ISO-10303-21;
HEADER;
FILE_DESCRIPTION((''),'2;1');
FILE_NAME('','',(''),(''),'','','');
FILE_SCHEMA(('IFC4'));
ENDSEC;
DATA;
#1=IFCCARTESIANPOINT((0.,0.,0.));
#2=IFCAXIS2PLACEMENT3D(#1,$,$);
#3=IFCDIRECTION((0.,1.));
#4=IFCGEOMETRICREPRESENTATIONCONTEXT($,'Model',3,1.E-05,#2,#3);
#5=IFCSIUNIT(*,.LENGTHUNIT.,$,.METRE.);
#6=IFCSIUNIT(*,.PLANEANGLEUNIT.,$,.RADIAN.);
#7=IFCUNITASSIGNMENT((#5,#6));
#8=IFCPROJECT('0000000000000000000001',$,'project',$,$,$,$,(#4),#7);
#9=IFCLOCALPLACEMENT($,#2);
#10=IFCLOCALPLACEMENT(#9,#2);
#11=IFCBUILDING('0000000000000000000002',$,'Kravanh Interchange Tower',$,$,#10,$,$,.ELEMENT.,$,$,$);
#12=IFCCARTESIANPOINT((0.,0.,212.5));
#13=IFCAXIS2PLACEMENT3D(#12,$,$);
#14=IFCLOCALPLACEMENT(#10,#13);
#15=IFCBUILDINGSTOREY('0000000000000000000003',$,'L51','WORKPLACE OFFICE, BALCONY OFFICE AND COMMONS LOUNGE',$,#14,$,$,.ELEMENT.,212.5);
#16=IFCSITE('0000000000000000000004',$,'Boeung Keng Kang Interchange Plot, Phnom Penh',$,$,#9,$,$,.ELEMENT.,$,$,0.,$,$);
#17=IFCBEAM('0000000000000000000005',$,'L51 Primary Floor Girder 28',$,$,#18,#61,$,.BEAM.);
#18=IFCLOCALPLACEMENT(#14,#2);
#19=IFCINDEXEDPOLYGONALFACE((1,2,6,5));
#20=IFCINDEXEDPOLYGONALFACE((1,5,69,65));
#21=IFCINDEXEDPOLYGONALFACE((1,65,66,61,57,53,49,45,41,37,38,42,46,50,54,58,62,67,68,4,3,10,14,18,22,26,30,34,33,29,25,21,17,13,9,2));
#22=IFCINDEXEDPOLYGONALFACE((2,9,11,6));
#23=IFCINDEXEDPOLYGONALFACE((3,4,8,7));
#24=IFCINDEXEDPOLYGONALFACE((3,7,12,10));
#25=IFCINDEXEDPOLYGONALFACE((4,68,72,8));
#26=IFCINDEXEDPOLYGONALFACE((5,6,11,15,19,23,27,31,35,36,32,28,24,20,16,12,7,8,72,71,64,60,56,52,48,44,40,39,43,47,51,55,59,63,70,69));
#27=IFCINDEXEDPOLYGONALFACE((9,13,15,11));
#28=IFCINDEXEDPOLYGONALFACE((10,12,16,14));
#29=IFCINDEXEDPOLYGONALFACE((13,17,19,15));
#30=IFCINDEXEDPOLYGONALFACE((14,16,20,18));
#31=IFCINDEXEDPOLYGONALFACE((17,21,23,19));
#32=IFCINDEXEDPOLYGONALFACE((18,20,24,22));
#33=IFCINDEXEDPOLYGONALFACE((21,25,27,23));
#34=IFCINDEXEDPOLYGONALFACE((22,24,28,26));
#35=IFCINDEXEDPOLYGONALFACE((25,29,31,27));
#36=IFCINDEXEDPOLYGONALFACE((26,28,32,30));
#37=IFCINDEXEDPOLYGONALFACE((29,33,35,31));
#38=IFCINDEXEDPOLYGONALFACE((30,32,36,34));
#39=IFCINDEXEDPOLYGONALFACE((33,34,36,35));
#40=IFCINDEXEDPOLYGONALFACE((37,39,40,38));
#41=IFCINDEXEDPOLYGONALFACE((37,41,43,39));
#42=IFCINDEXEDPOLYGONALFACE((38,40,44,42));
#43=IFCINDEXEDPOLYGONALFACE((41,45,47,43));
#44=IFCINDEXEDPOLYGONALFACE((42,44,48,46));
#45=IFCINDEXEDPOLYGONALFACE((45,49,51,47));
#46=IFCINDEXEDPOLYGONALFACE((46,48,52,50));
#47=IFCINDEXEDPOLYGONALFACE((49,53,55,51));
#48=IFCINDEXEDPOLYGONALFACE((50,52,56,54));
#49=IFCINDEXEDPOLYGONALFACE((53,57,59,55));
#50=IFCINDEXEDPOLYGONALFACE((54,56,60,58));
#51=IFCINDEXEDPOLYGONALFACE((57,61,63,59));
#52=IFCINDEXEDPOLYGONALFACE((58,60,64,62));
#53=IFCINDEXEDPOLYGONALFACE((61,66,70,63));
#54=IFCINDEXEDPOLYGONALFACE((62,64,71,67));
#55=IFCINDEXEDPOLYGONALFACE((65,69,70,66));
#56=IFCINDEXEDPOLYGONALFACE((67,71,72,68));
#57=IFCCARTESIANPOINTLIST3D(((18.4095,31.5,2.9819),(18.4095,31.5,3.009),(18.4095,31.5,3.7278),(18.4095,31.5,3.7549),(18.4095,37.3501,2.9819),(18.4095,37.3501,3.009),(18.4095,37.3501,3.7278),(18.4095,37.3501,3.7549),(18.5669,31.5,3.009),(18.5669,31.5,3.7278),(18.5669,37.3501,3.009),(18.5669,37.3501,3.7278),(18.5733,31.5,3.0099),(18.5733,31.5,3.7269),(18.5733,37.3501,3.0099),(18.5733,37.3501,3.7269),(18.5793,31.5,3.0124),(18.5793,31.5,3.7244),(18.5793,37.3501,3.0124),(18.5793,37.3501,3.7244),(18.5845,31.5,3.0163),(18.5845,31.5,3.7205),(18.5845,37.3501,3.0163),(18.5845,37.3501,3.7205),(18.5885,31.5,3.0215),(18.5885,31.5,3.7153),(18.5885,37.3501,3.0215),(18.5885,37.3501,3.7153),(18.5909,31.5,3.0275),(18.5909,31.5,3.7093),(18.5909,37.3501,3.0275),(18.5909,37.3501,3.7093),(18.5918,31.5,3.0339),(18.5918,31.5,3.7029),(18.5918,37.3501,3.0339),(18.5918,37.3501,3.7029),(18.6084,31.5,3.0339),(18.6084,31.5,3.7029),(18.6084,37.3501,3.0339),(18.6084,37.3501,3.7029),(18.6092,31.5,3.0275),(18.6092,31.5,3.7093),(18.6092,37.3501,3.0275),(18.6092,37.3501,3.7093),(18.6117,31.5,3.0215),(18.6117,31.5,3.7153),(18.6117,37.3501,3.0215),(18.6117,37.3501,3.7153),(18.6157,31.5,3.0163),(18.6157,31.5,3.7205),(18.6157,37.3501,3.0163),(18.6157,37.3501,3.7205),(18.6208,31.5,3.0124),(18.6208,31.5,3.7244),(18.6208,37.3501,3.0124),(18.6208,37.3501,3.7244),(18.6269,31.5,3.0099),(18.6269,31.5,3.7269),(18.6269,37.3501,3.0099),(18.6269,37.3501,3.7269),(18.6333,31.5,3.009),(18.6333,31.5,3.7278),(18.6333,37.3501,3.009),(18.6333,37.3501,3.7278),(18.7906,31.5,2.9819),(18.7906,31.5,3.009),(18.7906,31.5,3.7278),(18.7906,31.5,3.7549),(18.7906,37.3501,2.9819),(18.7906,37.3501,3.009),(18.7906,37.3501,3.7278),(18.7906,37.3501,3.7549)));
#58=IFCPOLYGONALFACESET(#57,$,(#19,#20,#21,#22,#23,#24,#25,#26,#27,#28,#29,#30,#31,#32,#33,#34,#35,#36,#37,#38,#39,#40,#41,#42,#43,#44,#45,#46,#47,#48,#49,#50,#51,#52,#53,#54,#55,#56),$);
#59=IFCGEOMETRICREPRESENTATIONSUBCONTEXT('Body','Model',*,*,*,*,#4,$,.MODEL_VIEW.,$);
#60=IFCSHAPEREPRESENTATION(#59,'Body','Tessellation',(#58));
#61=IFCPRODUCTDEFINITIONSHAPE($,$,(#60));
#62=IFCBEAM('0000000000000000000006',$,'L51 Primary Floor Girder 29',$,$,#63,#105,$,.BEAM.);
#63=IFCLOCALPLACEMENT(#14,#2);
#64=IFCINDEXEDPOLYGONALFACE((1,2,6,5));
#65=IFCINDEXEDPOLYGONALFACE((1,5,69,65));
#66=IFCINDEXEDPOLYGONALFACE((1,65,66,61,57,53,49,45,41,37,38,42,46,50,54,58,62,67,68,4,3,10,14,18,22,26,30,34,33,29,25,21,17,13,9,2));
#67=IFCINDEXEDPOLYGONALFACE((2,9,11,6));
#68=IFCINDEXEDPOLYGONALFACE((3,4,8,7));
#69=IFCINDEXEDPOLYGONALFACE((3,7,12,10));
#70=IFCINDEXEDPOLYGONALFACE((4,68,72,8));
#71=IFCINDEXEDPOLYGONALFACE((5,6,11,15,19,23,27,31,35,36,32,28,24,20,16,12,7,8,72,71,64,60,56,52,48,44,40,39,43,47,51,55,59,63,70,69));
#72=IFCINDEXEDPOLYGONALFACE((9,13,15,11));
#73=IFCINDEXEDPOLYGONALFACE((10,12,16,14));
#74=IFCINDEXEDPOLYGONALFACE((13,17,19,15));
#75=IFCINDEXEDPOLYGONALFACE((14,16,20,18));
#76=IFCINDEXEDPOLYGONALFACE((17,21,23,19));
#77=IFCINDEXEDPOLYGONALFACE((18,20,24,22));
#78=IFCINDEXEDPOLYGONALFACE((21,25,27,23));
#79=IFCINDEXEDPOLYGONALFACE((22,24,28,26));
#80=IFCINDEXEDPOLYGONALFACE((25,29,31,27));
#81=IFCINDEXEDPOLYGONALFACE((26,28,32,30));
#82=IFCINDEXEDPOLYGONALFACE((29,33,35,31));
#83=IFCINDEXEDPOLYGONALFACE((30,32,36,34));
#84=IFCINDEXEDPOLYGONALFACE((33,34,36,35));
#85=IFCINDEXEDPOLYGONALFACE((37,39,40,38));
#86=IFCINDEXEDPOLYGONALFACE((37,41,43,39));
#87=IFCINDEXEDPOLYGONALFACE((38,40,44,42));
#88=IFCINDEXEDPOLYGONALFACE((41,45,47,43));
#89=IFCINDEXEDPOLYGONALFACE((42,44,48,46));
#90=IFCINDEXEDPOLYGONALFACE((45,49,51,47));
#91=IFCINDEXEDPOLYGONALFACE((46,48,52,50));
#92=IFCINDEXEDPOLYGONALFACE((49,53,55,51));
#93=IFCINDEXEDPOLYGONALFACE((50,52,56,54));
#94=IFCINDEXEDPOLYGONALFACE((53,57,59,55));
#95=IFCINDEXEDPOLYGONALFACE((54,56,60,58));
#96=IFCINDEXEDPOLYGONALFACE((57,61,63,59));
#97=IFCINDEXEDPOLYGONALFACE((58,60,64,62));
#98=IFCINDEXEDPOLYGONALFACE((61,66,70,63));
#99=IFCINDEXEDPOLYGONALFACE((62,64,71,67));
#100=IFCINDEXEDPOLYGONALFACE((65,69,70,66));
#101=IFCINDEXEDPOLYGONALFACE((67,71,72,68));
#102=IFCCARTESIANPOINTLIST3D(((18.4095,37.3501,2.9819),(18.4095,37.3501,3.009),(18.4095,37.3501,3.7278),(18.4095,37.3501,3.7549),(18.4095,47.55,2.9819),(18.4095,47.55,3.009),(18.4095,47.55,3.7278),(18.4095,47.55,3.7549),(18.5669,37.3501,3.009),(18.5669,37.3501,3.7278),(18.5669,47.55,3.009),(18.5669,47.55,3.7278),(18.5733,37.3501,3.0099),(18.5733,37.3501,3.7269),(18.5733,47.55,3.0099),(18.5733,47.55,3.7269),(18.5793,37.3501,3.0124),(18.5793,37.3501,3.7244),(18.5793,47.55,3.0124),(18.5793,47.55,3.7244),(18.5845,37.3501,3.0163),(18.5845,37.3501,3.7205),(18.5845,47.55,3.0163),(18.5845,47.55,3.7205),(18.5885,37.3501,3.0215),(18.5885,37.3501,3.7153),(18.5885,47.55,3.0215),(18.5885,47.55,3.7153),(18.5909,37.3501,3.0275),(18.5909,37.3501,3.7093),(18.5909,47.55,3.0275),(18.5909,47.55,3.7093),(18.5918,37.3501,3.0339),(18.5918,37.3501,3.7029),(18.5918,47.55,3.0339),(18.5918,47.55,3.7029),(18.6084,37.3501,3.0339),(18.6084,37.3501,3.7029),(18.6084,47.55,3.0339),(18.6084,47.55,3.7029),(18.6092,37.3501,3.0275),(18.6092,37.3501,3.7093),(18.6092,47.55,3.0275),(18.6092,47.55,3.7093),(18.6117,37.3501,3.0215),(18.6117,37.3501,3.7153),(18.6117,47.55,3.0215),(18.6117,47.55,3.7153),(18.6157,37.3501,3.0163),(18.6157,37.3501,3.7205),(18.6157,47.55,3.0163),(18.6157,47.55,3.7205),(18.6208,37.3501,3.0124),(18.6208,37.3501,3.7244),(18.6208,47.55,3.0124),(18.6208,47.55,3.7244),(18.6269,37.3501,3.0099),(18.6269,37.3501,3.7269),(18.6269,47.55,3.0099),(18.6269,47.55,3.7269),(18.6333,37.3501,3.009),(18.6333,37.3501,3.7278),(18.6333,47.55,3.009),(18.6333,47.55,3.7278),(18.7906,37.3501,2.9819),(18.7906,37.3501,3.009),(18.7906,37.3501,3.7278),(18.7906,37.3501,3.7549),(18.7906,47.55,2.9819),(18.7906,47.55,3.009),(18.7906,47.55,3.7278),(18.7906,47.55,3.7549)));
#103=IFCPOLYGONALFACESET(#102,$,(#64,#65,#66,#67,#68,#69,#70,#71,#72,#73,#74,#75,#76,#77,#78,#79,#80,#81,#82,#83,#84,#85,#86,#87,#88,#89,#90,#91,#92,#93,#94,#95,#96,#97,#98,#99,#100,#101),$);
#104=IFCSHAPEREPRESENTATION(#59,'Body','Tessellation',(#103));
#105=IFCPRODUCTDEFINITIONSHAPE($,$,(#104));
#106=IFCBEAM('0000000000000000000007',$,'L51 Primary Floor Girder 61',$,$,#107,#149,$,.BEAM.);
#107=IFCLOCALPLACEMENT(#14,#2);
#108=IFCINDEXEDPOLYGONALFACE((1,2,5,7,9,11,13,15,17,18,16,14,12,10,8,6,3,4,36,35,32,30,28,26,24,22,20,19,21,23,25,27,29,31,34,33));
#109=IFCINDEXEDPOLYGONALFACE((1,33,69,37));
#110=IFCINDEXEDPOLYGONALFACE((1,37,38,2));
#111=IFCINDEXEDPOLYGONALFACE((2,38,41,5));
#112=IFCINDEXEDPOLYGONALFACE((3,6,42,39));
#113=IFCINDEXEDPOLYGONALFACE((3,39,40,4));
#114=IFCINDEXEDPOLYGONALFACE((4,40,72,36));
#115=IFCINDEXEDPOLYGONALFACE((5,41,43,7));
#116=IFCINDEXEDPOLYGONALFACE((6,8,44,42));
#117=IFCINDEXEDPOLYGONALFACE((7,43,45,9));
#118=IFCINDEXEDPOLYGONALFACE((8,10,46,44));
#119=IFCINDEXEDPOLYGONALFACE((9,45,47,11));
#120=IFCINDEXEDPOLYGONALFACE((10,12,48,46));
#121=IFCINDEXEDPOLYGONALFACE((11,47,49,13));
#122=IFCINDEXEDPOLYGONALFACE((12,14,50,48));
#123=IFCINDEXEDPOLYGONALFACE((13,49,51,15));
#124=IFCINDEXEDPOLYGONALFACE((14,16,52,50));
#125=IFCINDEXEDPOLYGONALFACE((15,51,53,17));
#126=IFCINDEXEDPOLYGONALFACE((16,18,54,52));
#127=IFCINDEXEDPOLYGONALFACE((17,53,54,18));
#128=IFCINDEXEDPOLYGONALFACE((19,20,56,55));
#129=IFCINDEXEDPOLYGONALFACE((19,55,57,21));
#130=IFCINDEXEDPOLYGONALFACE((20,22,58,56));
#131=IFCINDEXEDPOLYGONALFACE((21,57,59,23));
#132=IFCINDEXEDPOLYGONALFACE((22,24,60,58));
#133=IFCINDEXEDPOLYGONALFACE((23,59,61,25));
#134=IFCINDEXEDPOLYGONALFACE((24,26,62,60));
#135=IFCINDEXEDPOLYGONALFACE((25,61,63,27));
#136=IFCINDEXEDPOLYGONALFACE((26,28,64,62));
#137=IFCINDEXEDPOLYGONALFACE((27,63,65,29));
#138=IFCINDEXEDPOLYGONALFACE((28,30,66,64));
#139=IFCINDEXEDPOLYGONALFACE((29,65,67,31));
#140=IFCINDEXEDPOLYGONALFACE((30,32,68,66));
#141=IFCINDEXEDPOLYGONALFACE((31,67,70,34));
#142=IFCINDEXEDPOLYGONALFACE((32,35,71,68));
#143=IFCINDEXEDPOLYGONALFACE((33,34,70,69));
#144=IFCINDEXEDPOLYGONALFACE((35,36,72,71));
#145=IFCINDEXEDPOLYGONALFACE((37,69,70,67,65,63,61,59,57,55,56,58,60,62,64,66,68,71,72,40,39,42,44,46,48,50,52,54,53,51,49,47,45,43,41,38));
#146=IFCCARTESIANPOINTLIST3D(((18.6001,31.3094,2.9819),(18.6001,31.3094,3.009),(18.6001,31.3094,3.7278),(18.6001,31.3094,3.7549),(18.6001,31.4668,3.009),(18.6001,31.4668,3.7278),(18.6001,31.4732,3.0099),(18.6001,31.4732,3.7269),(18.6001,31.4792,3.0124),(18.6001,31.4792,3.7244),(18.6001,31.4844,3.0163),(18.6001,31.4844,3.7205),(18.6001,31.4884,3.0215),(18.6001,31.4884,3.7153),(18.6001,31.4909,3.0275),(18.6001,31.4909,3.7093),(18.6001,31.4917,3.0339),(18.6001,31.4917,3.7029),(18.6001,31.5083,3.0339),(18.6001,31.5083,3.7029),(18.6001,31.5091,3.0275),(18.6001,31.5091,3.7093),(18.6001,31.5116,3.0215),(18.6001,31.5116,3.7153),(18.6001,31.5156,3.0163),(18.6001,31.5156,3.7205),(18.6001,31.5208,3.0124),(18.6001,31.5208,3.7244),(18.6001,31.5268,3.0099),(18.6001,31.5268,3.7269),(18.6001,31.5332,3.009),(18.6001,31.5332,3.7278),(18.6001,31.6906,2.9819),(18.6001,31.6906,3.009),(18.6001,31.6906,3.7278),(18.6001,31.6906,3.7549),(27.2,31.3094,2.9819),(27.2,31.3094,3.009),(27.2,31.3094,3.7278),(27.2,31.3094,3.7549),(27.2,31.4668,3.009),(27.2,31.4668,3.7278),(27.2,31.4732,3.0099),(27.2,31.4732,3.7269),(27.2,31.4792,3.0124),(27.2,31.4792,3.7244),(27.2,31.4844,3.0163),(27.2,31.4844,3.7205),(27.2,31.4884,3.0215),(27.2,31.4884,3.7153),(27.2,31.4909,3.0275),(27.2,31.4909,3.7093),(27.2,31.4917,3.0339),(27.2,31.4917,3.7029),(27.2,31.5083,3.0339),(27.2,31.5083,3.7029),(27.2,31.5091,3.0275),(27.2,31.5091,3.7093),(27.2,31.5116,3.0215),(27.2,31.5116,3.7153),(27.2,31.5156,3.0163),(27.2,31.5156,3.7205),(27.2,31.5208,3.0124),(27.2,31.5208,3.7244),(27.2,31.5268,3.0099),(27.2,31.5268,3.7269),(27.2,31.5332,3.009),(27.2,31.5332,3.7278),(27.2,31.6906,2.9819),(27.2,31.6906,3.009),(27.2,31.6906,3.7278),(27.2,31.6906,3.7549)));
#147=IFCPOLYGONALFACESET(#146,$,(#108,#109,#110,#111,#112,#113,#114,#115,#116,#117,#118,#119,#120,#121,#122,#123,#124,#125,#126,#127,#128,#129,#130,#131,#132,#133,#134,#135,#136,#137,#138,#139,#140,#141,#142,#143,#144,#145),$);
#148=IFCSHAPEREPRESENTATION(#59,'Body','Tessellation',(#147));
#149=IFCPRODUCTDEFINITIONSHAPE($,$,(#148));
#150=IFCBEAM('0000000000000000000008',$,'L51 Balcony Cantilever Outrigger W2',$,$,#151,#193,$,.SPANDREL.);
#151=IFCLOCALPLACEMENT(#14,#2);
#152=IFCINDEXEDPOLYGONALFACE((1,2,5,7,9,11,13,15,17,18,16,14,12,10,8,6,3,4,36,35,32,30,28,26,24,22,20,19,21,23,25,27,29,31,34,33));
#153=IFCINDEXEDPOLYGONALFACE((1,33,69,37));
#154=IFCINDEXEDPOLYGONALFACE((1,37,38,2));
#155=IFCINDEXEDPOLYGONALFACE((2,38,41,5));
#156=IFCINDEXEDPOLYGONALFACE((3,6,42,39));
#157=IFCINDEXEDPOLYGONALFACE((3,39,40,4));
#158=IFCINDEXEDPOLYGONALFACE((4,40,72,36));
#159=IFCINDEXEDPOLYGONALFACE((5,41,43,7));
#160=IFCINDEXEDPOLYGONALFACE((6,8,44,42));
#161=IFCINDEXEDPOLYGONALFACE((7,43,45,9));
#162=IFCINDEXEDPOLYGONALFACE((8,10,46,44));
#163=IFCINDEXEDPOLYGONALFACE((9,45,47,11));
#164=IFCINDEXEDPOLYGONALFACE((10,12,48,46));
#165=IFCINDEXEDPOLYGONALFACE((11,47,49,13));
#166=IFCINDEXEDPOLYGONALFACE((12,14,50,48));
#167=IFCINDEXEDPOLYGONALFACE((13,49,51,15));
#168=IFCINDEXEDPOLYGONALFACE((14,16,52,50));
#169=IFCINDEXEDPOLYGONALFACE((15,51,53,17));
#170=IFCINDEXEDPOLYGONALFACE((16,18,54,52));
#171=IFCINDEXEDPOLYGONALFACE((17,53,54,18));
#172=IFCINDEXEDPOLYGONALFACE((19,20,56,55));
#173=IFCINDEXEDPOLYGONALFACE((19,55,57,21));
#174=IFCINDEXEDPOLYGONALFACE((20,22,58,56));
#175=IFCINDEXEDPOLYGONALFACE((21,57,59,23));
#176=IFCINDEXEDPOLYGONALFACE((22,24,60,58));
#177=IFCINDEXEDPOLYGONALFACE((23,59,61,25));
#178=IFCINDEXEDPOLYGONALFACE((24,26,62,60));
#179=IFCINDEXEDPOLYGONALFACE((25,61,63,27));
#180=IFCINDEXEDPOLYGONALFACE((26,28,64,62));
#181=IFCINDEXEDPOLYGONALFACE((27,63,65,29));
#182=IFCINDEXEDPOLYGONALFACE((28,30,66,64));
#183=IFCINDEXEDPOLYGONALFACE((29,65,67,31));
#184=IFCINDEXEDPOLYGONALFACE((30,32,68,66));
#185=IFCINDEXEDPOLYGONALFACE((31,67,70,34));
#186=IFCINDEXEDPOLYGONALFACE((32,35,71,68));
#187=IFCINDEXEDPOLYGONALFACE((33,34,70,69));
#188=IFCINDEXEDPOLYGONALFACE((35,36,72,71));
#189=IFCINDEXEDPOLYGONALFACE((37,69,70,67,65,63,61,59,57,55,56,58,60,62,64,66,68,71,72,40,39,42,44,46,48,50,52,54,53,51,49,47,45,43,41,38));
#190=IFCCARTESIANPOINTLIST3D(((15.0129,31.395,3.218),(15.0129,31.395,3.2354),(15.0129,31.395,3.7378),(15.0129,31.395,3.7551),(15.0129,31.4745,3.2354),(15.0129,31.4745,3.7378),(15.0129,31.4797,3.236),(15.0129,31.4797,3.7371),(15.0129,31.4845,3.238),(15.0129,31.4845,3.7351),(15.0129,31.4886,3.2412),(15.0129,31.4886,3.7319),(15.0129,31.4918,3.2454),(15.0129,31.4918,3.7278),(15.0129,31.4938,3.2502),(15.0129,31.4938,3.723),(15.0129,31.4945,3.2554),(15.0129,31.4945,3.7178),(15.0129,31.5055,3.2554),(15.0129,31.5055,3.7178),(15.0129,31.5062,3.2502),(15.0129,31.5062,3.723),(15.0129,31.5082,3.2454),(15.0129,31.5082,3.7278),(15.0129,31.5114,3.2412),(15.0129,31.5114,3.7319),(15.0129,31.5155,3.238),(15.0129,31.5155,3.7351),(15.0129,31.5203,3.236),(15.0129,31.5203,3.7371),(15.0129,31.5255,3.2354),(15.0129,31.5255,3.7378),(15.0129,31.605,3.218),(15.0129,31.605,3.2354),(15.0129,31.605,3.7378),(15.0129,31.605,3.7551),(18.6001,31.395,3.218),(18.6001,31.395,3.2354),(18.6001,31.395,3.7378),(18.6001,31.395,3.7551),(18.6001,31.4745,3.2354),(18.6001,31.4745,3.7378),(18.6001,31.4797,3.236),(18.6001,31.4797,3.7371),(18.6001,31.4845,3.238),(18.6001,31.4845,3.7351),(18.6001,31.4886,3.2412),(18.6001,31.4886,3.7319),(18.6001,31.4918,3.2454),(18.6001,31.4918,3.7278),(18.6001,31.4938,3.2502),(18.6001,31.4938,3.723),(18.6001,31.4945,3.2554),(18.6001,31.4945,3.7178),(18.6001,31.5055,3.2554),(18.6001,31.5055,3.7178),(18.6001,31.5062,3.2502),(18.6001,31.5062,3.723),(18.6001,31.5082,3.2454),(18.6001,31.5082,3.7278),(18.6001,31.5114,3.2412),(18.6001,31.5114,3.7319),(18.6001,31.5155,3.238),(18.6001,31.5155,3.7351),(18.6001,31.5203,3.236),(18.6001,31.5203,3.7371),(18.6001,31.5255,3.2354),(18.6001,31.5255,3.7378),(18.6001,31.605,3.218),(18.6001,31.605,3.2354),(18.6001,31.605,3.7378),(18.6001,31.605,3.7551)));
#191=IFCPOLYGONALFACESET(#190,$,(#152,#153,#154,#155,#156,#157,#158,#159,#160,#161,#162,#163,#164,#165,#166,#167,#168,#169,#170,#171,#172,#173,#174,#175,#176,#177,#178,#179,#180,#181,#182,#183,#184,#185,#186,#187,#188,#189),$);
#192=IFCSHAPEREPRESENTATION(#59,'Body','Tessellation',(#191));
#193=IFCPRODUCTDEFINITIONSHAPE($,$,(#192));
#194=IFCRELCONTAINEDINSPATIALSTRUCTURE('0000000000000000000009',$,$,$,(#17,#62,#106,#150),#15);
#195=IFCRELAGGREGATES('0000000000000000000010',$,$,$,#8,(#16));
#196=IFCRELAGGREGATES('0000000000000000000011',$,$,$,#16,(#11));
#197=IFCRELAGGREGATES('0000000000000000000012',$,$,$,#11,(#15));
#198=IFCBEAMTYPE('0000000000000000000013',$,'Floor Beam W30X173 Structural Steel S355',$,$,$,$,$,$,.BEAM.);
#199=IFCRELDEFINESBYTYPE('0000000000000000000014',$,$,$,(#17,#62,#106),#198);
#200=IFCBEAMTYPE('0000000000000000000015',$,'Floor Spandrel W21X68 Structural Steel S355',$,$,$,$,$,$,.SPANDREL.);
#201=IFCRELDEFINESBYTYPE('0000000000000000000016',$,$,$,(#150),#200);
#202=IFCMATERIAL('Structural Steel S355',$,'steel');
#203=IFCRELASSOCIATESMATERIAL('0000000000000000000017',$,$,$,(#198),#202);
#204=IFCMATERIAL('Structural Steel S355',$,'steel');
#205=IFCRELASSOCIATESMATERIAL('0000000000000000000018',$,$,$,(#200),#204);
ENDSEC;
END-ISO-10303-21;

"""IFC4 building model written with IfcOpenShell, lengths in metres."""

from ifc_helpers import new_model, si_unit, direction, frame, origin, origin_2d, place, context, subcontext, project, spatial, i_section, extrude, material, material_profile, profile_set, type_object, element, save


model = new_model("IFC4")

# Units and contexts
model_context = context("Model", 3, precision=1e-05, world=origin(), true_north=direction((0.0, 1.0)))
body_context = subcontext(model_context, "Body", "Model", "MODEL_VIEW")
ifc_project = project(units=[si_unit("LENGTHUNIT", "METRE"), si_unit("PLANEANGLEUNIT", "RADIAN")], contexts=[model_context])

# Site, building, storey
site_placement = place(None, origin())
site = spatial("IfcSite", under=ifc_project, at=site_placement, Name="Boeung Keng Kang Interchange Plot, Phnom Penh", CompositionType="ELEMENT", RefElevation=0.0)
building_placement = place(site_placement, origin())
building = spatial("IfcBuilding", under=site, at=building_placement, Name="Kravanh Interchange Tower", CompositionType="ELEMENT")
storey_placement = place(building_placement, frame((0.0, 0.0, 212.5)))
storey = spatial("IfcBuildingStorey", under=building, at=storey_placement, Name="L51", Description="WORKPLACE OFFICE, BALCONY OFFICE AND COMMONS LOUNGE", CompositionType="ELEMENT", Elevation=212.5)

# Beams
ifc_material_1 = material(Name="Structural Steel S355", Category="steel")
ifc_material_profile_1 = material_profile(ifc_material_1, i_section(OverallWidth=0.3811, OverallDepth=0.7729, WebThickness=0.0166, FlangeThickness=0.0271, FilletRadius=0.0249, at=origin_2d()), Name="W30X173")
ifc_profile_set_1 = profile_set([ifc_material_profile_1], Name="Structural Steel S355")
beam_type_1 = type_object("IfcBeamType", Name="Floor Beam W30X173 Structural Steel S355", PredefinedType="BEAM", material=ifc_profile_set_1)
beam_1_placement = place(storey_placement, frame((18.6001, 37.3501, 3.3684), z_axis=(0.0, -1.0, 0.0), x_axis=(1.0, 0.0, 0.0)))
element("IfcBeam", 1, at=beam_1_placement, inside=storey, type_object=beam_type_1, Name="L51 Primary Floor Girder 28", PredefinedType="BEAM", context=body_context, shape_type="SweptSolid", body=[
    extrude(i_section(OverallWidth=0.3811, OverallDepth=0.7729, WebThickness=0.0166, FlangeThickness=0.0271, FilletRadius=0.0249, at=origin_2d()), origin(), (0.0, 0.0, 1.0), 5.8501),
])
beam_2_placement = place(storey_placement, frame((18.6001, 37.3501, 3.3684), z_axis=(0.0, 1.0, 0.0), x_axis=(-1.0, 0.0, 0.0)))
element("IfcBeam", 2, at=beam_2_placement, inside=storey, type_object=beam_type_1, Name="L51 Primary Floor Girder 29", PredefinedType="BEAM", context=body_context, shape_type="SweptSolid", body=[
    extrude(i_section(OverallWidth=0.3811, OverallDepth=0.7729, WebThickness=0.0166, FlangeThickness=0.0271, FilletRadius=0.0249, at=origin_2d()), origin(), (0.0, 0.0, 1.0), 10.2),
])
beam_3_placement = place(storey_placement, frame((18.6001, 31.5, 3.3684), z_axis=(1.0, 0.0, 0.0), x_axis=(0.0, 1.0, 0.0)))
element("IfcBeam", 3, at=beam_3_placement, inside=storey, type_object=beam_type_1, Name="L51 Primary Floor Girder 61", PredefinedType="BEAM", context=body_context, shape_type="SweptSolid", body=[
    extrude(i_section(OverallWidth=0.3811, OverallDepth=0.7729, WebThickness=0.0166, FlangeThickness=0.0271, FilletRadius=0.0249, at=origin_2d()), origin(), (0.0, 0.0, 1.0), 8.5999),
])
ifc_material_2 = material(Name="Structural Steel S355", Category="steel")
ifc_material_profile_2 = material_profile(ifc_material_2, i_section(OverallWidth=0.21, OverallDepth=0.5371, WebThickness=0.011, FlangeThickness=0.0173, FilletRadius=0.02, at=origin_2d()), Name="W21X68")
ifc_profile_set_2 = profile_set([ifc_material_profile_2], Name="Structural Steel S355")
beam_type_2 = type_object("IfcBeamType", Name="Floor Spandrel W21X68 Structural Steel S355", PredefinedType="SPANDREL", material=ifc_profile_set_2)
beam_4_placement = place(storey_placement, frame((18.6001, 31.5, 3.4866), z_axis=(-1.0, 0.0, 0.0), x_axis=(0.0, -1.0, 0.0)))
element("IfcBeam", 4, at=beam_4_placement, inside=storey, type_object=beam_type_2, Name="L51 Balcony Cantilever Outrigger W2", PredefinedType="SPANDREL", context=body_context, shape_type="SweptSolid", body=[
    extrude(i_section(OverallWidth=0.21, OverallDepth=0.5371, WebThickness=0.011, FlangeThickness=0.0173, FilletRadius=0.02, at=origin_2d()), origin(), (0.0, 0.0, 1.0), 3.5872),
])

save(model, "model.ifc")
